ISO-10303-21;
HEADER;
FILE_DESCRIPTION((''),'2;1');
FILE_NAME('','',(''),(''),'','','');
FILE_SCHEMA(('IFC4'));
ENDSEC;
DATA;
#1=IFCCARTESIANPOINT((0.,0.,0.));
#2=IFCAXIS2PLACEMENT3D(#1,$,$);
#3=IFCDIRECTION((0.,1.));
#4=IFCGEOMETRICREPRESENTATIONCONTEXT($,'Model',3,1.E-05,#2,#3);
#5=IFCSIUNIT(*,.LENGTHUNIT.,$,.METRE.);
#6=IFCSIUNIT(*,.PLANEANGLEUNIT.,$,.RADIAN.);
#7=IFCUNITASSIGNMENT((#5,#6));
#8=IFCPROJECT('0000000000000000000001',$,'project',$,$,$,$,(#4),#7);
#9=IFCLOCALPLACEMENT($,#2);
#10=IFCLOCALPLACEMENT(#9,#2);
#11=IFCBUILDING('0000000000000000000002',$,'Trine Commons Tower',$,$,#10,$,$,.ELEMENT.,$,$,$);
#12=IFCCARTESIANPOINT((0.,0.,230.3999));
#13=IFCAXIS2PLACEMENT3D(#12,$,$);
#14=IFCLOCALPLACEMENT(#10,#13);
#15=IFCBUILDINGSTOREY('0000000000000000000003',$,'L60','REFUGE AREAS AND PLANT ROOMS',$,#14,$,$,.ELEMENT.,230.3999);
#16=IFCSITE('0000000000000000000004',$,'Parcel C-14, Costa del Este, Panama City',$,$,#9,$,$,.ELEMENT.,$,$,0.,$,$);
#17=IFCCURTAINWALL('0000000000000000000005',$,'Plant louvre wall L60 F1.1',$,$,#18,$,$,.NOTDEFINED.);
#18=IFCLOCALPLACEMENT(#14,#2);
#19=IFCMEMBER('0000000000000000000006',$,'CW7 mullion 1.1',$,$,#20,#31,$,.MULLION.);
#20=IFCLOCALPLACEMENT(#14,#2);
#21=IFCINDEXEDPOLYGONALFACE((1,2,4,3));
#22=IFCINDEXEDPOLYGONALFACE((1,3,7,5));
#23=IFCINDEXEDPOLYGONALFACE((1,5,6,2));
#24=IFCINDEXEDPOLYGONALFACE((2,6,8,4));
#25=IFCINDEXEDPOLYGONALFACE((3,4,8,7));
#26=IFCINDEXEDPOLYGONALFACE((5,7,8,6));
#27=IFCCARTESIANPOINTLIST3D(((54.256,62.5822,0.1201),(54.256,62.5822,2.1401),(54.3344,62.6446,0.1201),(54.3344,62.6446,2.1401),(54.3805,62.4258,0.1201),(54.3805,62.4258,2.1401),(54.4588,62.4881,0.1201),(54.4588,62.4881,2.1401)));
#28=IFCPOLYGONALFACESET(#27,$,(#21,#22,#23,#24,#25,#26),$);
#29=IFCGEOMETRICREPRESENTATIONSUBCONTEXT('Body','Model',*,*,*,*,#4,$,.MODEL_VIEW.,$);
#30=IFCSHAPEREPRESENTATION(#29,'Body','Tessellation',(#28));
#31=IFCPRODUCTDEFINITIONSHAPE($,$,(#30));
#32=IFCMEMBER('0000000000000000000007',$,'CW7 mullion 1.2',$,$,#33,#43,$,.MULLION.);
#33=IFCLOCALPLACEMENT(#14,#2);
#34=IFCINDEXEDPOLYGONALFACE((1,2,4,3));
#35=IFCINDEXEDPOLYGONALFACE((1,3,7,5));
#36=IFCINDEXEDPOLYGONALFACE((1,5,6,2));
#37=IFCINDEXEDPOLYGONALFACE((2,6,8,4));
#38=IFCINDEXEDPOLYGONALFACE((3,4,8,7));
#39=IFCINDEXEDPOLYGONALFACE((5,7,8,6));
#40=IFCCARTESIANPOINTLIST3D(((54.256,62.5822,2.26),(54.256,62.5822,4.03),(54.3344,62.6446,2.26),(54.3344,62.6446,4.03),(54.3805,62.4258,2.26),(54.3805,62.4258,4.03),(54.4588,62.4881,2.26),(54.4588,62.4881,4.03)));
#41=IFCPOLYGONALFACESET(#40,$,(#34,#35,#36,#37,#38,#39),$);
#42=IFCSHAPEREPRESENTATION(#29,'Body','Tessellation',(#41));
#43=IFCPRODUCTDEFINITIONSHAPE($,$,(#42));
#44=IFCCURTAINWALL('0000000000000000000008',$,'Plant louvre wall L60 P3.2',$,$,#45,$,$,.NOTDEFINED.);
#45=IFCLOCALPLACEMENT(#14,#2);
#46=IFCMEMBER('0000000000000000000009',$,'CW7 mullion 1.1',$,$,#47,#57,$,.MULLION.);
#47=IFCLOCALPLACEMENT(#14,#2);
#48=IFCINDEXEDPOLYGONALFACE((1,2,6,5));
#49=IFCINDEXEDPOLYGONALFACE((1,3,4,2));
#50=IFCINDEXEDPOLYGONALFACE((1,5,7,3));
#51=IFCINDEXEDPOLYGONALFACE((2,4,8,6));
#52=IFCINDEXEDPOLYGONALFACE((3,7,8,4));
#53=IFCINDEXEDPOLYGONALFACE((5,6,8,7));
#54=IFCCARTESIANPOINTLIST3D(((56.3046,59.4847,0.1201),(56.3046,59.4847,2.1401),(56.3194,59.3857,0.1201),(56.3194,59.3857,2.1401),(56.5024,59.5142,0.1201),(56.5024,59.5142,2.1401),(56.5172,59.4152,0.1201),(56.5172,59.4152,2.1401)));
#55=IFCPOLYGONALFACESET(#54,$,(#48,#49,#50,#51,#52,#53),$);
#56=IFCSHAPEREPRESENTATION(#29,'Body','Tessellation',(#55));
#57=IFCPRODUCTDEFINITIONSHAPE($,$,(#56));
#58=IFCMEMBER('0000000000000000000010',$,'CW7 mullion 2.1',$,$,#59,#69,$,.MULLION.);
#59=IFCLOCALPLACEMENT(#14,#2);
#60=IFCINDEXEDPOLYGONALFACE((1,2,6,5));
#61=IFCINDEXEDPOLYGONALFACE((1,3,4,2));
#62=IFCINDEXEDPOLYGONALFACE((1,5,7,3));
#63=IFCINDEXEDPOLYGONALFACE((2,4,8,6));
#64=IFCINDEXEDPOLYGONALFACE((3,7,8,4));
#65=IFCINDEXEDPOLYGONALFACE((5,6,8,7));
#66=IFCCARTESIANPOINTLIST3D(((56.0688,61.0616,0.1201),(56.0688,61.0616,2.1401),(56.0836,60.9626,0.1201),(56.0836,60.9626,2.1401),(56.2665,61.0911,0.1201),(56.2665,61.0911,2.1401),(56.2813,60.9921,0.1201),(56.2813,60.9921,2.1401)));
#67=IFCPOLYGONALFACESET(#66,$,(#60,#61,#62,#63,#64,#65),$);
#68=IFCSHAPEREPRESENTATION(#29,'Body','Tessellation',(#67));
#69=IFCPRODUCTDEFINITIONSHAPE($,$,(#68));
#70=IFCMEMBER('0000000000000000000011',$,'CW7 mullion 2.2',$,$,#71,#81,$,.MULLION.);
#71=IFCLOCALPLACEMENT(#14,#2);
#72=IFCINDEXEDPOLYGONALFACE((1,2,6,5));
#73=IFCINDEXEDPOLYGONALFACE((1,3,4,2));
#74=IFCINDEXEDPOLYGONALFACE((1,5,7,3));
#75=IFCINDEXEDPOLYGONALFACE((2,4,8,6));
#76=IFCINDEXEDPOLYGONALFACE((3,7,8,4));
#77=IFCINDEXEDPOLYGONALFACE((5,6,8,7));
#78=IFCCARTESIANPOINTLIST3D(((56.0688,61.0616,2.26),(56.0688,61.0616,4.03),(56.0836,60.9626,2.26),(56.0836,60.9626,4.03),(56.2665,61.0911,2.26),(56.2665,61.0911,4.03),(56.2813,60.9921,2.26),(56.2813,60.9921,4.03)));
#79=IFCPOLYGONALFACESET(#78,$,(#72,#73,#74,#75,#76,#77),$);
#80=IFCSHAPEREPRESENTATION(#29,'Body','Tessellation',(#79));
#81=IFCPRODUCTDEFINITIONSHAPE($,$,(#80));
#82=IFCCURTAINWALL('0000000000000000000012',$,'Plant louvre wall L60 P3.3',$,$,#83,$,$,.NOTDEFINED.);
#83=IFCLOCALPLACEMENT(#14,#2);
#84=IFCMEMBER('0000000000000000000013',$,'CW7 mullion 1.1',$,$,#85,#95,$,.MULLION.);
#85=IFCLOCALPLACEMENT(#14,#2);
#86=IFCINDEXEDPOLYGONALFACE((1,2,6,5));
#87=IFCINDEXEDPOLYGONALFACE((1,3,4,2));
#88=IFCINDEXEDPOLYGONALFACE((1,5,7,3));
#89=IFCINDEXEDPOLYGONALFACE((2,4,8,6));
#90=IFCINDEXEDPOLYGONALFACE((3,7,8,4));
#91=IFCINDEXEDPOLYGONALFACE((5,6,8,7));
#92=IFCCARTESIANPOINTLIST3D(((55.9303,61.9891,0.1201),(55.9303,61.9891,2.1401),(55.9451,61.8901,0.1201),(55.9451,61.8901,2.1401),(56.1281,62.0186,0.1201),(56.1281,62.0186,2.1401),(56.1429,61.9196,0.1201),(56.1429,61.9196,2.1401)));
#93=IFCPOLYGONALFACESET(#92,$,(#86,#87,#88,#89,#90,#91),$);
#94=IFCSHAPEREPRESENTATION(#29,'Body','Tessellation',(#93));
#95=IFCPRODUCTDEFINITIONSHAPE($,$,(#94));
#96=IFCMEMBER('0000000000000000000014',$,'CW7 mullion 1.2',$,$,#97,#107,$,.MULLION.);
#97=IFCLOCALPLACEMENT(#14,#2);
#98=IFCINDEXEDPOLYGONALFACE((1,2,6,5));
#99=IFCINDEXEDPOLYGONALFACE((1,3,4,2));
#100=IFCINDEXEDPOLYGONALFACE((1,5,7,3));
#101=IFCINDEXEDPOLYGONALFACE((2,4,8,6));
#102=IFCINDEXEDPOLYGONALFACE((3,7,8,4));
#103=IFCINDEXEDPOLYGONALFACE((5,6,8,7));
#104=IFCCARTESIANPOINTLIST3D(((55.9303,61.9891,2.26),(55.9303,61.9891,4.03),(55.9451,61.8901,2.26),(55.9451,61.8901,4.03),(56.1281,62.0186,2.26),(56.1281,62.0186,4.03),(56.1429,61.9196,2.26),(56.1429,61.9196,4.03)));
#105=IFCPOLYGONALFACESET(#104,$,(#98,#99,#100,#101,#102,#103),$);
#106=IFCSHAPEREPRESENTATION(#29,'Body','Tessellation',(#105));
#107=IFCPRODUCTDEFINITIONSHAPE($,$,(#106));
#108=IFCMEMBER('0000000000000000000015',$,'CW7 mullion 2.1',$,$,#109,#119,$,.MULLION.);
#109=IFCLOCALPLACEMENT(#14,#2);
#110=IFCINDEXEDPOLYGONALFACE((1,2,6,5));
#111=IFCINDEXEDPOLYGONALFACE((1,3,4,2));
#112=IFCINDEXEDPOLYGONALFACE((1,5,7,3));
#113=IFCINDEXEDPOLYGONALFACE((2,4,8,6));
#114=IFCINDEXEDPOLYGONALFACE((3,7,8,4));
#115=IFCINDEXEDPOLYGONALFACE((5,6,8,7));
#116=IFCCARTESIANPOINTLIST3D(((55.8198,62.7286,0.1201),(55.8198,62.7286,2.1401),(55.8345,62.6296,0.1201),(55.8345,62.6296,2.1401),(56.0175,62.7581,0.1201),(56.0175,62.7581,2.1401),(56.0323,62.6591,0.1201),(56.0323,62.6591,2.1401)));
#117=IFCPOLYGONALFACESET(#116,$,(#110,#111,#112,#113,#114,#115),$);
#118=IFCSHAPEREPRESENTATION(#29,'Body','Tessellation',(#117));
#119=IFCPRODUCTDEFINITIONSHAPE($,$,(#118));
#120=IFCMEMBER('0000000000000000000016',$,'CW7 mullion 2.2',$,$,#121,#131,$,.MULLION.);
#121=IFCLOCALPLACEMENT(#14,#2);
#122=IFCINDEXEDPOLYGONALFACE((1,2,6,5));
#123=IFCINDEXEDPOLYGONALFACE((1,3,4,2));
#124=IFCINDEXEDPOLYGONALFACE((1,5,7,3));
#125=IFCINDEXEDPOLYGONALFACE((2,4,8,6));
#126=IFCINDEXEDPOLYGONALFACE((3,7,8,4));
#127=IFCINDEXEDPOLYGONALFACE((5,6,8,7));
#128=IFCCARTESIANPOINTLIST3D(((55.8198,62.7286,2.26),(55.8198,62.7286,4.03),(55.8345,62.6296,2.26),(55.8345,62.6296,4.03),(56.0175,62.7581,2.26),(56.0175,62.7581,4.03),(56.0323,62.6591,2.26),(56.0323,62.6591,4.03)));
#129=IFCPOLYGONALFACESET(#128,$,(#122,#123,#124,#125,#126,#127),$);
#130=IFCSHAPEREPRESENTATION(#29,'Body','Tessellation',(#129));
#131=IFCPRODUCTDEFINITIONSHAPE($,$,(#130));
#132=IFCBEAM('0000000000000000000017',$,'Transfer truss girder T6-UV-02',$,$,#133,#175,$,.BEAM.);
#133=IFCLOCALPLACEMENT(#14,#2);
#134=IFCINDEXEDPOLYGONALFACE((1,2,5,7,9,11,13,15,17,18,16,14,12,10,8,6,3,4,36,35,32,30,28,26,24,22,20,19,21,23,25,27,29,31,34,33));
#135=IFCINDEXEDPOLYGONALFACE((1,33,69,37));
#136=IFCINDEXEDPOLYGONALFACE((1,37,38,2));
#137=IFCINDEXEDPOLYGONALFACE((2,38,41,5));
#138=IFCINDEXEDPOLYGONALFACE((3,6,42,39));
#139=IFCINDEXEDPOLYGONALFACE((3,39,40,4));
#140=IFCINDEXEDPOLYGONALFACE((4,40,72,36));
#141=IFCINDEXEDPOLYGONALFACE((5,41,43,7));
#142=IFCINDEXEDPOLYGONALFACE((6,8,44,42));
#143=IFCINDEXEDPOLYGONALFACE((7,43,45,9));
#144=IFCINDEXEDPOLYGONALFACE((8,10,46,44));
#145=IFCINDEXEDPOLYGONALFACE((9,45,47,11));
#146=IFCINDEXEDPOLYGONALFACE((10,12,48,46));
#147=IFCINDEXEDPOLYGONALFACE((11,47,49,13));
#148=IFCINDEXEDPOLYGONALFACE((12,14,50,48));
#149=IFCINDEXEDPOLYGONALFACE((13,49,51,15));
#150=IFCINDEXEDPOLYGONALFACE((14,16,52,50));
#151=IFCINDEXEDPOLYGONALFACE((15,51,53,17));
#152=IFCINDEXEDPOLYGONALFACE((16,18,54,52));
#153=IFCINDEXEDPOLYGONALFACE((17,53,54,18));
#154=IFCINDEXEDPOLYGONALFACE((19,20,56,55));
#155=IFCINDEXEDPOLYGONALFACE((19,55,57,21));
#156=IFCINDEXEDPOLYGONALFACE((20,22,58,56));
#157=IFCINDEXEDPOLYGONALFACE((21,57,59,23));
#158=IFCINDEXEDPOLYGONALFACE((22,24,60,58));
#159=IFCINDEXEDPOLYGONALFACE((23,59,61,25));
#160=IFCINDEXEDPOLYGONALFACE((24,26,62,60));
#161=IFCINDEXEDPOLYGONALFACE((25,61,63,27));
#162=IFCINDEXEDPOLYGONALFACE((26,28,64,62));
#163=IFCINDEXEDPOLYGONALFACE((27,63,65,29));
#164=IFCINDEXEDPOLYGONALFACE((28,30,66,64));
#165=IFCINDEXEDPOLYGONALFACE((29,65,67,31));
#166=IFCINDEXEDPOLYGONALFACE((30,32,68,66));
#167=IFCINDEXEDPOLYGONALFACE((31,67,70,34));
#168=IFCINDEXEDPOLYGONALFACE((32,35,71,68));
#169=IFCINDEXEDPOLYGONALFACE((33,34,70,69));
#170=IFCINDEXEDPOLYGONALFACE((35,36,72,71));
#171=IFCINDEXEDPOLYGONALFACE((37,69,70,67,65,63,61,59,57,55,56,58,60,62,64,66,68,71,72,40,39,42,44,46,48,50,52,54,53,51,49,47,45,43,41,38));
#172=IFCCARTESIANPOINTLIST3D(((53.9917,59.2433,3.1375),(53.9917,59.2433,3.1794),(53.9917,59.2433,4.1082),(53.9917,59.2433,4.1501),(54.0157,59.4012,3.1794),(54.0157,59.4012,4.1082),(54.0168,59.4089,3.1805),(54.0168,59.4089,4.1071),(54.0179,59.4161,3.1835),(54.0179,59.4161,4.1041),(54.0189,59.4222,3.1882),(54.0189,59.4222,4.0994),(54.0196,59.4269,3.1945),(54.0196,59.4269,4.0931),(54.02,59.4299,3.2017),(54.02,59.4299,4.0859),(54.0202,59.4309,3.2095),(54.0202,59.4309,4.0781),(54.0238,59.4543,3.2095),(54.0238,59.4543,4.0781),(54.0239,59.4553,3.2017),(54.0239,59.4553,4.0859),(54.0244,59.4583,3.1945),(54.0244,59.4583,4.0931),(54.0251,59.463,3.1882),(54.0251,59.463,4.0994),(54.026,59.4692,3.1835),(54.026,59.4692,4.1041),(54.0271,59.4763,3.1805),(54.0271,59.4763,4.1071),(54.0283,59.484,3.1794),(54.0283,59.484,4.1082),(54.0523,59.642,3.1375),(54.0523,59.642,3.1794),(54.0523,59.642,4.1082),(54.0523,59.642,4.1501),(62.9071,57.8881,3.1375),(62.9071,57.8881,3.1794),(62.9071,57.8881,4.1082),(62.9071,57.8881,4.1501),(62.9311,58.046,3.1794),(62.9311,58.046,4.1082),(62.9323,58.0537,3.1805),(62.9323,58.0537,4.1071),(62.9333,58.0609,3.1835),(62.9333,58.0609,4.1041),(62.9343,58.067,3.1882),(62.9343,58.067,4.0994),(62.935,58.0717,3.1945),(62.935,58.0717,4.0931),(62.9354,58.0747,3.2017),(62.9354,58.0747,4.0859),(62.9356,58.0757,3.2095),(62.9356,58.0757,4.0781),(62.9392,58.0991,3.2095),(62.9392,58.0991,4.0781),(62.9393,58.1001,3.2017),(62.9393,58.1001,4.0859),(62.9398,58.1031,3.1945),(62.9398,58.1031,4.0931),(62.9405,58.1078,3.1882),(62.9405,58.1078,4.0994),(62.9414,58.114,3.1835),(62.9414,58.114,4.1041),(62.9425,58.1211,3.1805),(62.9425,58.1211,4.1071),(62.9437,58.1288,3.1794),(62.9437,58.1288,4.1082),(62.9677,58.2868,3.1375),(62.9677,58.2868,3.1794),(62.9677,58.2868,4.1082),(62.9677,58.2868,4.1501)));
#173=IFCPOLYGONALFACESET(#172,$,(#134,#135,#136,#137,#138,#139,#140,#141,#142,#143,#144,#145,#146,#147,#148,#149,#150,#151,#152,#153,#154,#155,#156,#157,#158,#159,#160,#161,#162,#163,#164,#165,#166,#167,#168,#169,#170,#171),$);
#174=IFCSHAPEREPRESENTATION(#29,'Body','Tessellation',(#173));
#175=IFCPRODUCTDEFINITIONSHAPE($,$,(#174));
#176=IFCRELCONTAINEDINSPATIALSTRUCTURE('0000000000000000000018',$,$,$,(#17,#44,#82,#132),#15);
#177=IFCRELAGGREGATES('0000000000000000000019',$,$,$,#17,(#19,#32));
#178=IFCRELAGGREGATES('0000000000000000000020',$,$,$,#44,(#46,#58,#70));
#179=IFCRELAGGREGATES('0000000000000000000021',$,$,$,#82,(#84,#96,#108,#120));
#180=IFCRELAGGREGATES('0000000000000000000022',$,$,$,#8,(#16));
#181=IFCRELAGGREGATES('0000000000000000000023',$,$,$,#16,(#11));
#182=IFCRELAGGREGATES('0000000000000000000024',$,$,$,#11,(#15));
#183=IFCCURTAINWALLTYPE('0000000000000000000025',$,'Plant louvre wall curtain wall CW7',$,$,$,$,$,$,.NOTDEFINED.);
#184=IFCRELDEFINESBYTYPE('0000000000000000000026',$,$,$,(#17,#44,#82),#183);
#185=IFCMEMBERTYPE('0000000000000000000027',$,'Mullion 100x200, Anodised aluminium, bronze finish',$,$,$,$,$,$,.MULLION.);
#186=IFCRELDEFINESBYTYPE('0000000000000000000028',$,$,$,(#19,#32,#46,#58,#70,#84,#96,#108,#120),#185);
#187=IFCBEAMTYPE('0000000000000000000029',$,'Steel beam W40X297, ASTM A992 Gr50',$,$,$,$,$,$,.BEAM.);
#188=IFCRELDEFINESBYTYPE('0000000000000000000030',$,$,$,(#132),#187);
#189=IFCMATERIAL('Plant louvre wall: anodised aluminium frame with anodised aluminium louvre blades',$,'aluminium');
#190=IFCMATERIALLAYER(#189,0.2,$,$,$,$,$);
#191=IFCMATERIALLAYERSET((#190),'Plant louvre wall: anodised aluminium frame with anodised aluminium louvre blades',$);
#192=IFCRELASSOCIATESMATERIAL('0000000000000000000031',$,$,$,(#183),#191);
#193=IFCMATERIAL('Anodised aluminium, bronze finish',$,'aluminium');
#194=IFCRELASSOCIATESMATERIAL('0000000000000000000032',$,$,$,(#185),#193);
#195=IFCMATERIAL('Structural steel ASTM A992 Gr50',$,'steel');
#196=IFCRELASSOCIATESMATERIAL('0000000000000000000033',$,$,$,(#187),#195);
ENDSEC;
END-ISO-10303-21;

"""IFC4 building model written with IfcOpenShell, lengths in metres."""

from ifc_helpers import new_model, si_unit, direction, frame, origin, origin_2d, place, context, subcontext, project, spatial, rectangle, i_section, extrude, material, layer, layer_set, material_profile, profile_set, type_object, element, aggregate, save


model = new_model("IFC4")

# Units and contexts
model_context = context("Model", 3, precision=1e-05, world=origin(), true_north=direction((0.0, 1.0)))
body_context = subcontext(model_context, "Body", "Model", "MODEL_VIEW")
ifc_project = project(units=[si_unit("LENGTHUNIT", "METRE"), si_unit("PLANEANGLEUNIT", "RADIAN")], contexts=[model_context])

# Site, building, storey
site_placement = place(None, origin())
site = spatial("IfcSite", under=ifc_project, at=site_placement, Name="Parcel C-14, Costa del Este, Panama City", CompositionType="ELEMENT", RefElevation=0.0)
building_placement = place(site_placement, origin())
building = spatial("IfcBuilding", under=site, at=building_placement, Name="Trine Commons Tower", CompositionType="ELEMENT")
storey_placement = place(building_placement, frame((0.0, 0.0, 230.3999)))
storey = spatial("IfcBuildingStorey", under=building, at=storey_placement, Name="L60", Description="REFUGE AREAS AND PLANT ROOMS", CompositionType="ELEMENT", Elevation=230.3999)

# Curtain walls, members
ifc_material_1 = material(Name="Plant louvre wall: anodised aluminium frame with anodised aluminium louvre blades", Category="aluminium")
ifc_layer_1 = layer(ifc_material_1, 0.2)
ifc_layer_set_1 = layer_set([ifc_layer_1], Name="Plant louvre wall: anodised aluminium frame with anodised aluminium louvre blades")
curtain_wall_type = type_object("IfcCurtainWallType", Name="Plant louvre wall curtain wall CW7", PredefinedType="NOTDEFINED", material=ifc_layer_set_1)
curtain_wall_1_placement = place(storey_placement, origin())
curtain_wall_1 = element("IfcCurtainWall", 1, at=curtain_wall_1_placement, inside=storey, type_object=curtain_wall_type, Name="Plant louvre wall L60 F1.1", PredefinedType="NOTDEFINED")
ifc_material_2 = material(Name="Anodised aluminium, bronze finish", Category="aluminium")
ifc_material_profile_1 = material_profile(ifc_material_2, rectangle(XDim=0.2, YDim=0.1001, at=origin_2d()), Name="Mullion 100x200")
ifc_profile_set_1 = profile_set([ifc_material_profile_1], Name="Anodised aluminium, bronze finish")
member_type_1 = type_object("IfcMemberType", Name="Mullion 100x200, Anodised aluminium, bronze finish", PredefinedType="MULLION", material=ifc_profile_set_1)
member_1_placement = place(storey_placement, frame((54.3574, 62.5352, 0.1201), z_axis=(0.0, 0.0, 1.0), x_axis=(-0.622515, 0.782608, 0.0)))
member_1 = element("IfcMember", 2, at=member_1_placement, type_object=member_type_1, Name="CW7 mullion 1.1", PredefinedType="MULLION", context=body_context, shape_type="SweptSolid", body=[
    extrude(rectangle(XDim=0.2, YDim=0.1001, at=origin_2d()), origin(), (0.0, 0.0, 1.0), 2.02),
])
member_2_placement = place(storey_placement, frame((54.3574, 62.5352, 2.26), z_axis=(0.0, 0.0, 1.0), x_axis=(-0.622515, 0.782608, 0.0)))
member_2 = element("IfcMember", 3, at=member_2_placement, type_object=member_type_1, Name="CW7 mullion 1.2", PredefinedType="MULLION", context=body_context, shape_type="SweptSolid", body=[
    extrude(rectangle(XDim=0.2, YDim=0.1001, at=origin_2d()), origin(), (0.0, 0.0, 1.0), 1.77),
])
curtain_wall_2_placement = place(storey_placement, origin())
curtain_wall_2 = element("IfcCurtainWall", 4, at=curtain_wall_2_placement, inside=storey, type_object=curtain_wall_type, Name="Plant louvre wall L60 P3.2", PredefinedType="NOTDEFINED")
member_3_placement = place(storey_placement, frame((56.4109, 59.45, 0.1201), z_axis=(0.0, 0.0, 1.0), x_axis=(-0.989016, -0.147809, 0.0)))
member_3 = element("IfcMember", 5, at=member_3_placement, type_object=member_type_1, Name="CW7 mullion 1.1", PredefinedType="MULLION", context=body_context, shape_type="SweptSolid", body=[
    extrude(rectangle(XDim=0.2, YDim=0.1001, at=origin_2d()), origin(), (0.0, 0.0, 1.0), 2.02),
])
member_4_placement = place(storey_placement, frame((56.175, 61.0269, 0.1201), z_axis=(0.0, 0.0, 1.0), x_axis=(-0.989016, -0.147809, 0.0)))
member_4 = element("IfcMember", 6, at=member_4_placement, type_object=member_type_1, Name="CW7 mullion 2.1", PredefinedType="MULLION", context=body_context, shape_type="SweptSolid", body=[
    extrude(rectangle(XDim=0.2, YDim=0.1001, at=origin_2d()), origin(), (0.0, 0.0, 1.0), 2.02),
])
member_5_placement = place(storey_placement, frame((56.175, 61.0269, 2.26), z_axis=(0.0, 0.0, 1.0), x_axis=(-0.989016, -0.147809, 0.0)))
member_5 = element("IfcMember", 7, at=member_5_placement, type_object=member_type_1, Name="CW7 mullion 2.2", PredefinedType="MULLION", context=body_context, shape_type="SweptSolid", body=[
    extrude(rectangle(XDim=0.2, YDim=0.1001, at=origin_2d()), origin(), (0.0, 0.0, 1.0), 1.77),
])
curtain_wall_3_placement = place(storey_placement, origin())
curtain_wall_3 = element("IfcCurtainWall", 8, at=curtain_wall_3_placement, inside=storey, type_object=curtain_wall_type, Name="Plant louvre wall L60 P3.3", PredefinedType="NOTDEFINED")
member_6_placement = place(storey_placement, frame((56.0366, 61.9543, 0.1201), z_axis=(0.0, 0.0, 1.0), x_axis=(-0.989016, -0.147809, 0.0)))
member_6 = element("IfcMember", 9, at=member_6_placement, type_object=member_type_1, Name="CW7 mullion 1.1", PredefinedType="MULLION", context=body_context, shape_type="SweptSolid", body=[
    extrude(rectangle(XDim=0.2, YDim=0.1001, at=origin_2d()), origin(), (0.0, 0.0, 1.0), 2.02),
])
member_7_placement = place(storey_placement, frame((56.0366, 61.9543, 2.26), z_axis=(0.0, 0.0, 1.0), x_axis=(-0.989016, -0.147809, 0.0)))
member_7 = element("IfcMember", 10, at=member_7_placement, type_object=member_type_1, Name="CW7 mullion 1.2", PredefinedType="MULLION", context=body_context, shape_type="SweptSolid", body=[
    extrude(rectangle(XDim=0.2, YDim=0.1001, at=origin_2d()), origin(), (0.0, 0.0, 1.0), 1.77),
])
member_8_placement = place(storey_placement, frame((55.926, 62.6938, 0.1201), z_axis=(0.0, 0.0, 1.0), x_axis=(-0.989016, -0.147809, 0.0)))
member_8 = element("IfcMember", 11, at=member_8_placement, type_object=member_type_1, Name="CW7 mullion 2.1", PredefinedType="MULLION", context=body_context, shape_type="SweptSolid", body=[
    extrude(rectangle(XDim=0.2, YDim=0.1001, at=origin_2d()), origin(), (0.0, 0.0, 1.0), 2.02),
])
member_9_placement = place(storey_placement, frame((55.926, 62.6938, 2.26), z_axis=(0.0, 0.0, 1.0), x_axis=(-0.989016, -0.147809, 0.0)))
member_9 = element("IfcMember", 12, at=member_9_placement, type_object=member_type_1, Name="CW7 mullion 2.2", PredefinedType="MULLION", context=body_context, shape_type="SweptSolid", body=[
    extrude(rectangle(XDim=0.2, YDim=0.1001, at=origin_2d()), origin(), (0.0, 0.0, 1.0), 1.77),
])

# Beam
ifc_material_3 = material(Name="Structural steel ASTM A992 Gr50", Category="steel")
ifc_material_profile_2 = material_profile(ifc_material_3, i_section(OverallWidth=0.4033, OverallDepth=1.0127, WebThickness=0.0237, FlangeThickness=0.042, FilletRadius=0.03, at=origin_2d()), Name="W40X297")
ifc_profile_set_2 = profile_set([ifc_material_profile_2], Name="Structural steel ASTM A992 Gr50")
beam_type = type_object("IfcBeamType", Name="Steel beam W40X297, ASTM A992 Gr50", PredefinedType="BEAM", material=ifc_profile_set_2)
beam_placement = place(storey_placement, frame((54.022, 59.4426, 3.6438), z_axis=(0.988643, -0.150281, 0.0), x_axis=(0.150281, 0.988643, 0.0)))
element("IfcBeam", 13, at=beam_placement, inside=storey, type_object=beam_type, Name="Transfer truss girder T6-UV-02", PredefinedType="BEAM", context=body_context, shape_type="SweptSolid", body=[
    extrude(i_section(OverallWidth=0.4033, OverallDepth=1.0127, WebThickness=0.0237, FlangeThickness=0.042, FilletRadius=0.03, at=origin_2d()), origin(), (0.0, 0.0, 1.0), 9.0178),
])

aggregate(curtain_wall_1, [member_1, member_2])
aggregate(curtain_wall_2, [member_3, member_4, member_5])
aggregate(curtain_wall_3, [member_6, member_7, member_8, member_9])

save(model, "model.ifc")
